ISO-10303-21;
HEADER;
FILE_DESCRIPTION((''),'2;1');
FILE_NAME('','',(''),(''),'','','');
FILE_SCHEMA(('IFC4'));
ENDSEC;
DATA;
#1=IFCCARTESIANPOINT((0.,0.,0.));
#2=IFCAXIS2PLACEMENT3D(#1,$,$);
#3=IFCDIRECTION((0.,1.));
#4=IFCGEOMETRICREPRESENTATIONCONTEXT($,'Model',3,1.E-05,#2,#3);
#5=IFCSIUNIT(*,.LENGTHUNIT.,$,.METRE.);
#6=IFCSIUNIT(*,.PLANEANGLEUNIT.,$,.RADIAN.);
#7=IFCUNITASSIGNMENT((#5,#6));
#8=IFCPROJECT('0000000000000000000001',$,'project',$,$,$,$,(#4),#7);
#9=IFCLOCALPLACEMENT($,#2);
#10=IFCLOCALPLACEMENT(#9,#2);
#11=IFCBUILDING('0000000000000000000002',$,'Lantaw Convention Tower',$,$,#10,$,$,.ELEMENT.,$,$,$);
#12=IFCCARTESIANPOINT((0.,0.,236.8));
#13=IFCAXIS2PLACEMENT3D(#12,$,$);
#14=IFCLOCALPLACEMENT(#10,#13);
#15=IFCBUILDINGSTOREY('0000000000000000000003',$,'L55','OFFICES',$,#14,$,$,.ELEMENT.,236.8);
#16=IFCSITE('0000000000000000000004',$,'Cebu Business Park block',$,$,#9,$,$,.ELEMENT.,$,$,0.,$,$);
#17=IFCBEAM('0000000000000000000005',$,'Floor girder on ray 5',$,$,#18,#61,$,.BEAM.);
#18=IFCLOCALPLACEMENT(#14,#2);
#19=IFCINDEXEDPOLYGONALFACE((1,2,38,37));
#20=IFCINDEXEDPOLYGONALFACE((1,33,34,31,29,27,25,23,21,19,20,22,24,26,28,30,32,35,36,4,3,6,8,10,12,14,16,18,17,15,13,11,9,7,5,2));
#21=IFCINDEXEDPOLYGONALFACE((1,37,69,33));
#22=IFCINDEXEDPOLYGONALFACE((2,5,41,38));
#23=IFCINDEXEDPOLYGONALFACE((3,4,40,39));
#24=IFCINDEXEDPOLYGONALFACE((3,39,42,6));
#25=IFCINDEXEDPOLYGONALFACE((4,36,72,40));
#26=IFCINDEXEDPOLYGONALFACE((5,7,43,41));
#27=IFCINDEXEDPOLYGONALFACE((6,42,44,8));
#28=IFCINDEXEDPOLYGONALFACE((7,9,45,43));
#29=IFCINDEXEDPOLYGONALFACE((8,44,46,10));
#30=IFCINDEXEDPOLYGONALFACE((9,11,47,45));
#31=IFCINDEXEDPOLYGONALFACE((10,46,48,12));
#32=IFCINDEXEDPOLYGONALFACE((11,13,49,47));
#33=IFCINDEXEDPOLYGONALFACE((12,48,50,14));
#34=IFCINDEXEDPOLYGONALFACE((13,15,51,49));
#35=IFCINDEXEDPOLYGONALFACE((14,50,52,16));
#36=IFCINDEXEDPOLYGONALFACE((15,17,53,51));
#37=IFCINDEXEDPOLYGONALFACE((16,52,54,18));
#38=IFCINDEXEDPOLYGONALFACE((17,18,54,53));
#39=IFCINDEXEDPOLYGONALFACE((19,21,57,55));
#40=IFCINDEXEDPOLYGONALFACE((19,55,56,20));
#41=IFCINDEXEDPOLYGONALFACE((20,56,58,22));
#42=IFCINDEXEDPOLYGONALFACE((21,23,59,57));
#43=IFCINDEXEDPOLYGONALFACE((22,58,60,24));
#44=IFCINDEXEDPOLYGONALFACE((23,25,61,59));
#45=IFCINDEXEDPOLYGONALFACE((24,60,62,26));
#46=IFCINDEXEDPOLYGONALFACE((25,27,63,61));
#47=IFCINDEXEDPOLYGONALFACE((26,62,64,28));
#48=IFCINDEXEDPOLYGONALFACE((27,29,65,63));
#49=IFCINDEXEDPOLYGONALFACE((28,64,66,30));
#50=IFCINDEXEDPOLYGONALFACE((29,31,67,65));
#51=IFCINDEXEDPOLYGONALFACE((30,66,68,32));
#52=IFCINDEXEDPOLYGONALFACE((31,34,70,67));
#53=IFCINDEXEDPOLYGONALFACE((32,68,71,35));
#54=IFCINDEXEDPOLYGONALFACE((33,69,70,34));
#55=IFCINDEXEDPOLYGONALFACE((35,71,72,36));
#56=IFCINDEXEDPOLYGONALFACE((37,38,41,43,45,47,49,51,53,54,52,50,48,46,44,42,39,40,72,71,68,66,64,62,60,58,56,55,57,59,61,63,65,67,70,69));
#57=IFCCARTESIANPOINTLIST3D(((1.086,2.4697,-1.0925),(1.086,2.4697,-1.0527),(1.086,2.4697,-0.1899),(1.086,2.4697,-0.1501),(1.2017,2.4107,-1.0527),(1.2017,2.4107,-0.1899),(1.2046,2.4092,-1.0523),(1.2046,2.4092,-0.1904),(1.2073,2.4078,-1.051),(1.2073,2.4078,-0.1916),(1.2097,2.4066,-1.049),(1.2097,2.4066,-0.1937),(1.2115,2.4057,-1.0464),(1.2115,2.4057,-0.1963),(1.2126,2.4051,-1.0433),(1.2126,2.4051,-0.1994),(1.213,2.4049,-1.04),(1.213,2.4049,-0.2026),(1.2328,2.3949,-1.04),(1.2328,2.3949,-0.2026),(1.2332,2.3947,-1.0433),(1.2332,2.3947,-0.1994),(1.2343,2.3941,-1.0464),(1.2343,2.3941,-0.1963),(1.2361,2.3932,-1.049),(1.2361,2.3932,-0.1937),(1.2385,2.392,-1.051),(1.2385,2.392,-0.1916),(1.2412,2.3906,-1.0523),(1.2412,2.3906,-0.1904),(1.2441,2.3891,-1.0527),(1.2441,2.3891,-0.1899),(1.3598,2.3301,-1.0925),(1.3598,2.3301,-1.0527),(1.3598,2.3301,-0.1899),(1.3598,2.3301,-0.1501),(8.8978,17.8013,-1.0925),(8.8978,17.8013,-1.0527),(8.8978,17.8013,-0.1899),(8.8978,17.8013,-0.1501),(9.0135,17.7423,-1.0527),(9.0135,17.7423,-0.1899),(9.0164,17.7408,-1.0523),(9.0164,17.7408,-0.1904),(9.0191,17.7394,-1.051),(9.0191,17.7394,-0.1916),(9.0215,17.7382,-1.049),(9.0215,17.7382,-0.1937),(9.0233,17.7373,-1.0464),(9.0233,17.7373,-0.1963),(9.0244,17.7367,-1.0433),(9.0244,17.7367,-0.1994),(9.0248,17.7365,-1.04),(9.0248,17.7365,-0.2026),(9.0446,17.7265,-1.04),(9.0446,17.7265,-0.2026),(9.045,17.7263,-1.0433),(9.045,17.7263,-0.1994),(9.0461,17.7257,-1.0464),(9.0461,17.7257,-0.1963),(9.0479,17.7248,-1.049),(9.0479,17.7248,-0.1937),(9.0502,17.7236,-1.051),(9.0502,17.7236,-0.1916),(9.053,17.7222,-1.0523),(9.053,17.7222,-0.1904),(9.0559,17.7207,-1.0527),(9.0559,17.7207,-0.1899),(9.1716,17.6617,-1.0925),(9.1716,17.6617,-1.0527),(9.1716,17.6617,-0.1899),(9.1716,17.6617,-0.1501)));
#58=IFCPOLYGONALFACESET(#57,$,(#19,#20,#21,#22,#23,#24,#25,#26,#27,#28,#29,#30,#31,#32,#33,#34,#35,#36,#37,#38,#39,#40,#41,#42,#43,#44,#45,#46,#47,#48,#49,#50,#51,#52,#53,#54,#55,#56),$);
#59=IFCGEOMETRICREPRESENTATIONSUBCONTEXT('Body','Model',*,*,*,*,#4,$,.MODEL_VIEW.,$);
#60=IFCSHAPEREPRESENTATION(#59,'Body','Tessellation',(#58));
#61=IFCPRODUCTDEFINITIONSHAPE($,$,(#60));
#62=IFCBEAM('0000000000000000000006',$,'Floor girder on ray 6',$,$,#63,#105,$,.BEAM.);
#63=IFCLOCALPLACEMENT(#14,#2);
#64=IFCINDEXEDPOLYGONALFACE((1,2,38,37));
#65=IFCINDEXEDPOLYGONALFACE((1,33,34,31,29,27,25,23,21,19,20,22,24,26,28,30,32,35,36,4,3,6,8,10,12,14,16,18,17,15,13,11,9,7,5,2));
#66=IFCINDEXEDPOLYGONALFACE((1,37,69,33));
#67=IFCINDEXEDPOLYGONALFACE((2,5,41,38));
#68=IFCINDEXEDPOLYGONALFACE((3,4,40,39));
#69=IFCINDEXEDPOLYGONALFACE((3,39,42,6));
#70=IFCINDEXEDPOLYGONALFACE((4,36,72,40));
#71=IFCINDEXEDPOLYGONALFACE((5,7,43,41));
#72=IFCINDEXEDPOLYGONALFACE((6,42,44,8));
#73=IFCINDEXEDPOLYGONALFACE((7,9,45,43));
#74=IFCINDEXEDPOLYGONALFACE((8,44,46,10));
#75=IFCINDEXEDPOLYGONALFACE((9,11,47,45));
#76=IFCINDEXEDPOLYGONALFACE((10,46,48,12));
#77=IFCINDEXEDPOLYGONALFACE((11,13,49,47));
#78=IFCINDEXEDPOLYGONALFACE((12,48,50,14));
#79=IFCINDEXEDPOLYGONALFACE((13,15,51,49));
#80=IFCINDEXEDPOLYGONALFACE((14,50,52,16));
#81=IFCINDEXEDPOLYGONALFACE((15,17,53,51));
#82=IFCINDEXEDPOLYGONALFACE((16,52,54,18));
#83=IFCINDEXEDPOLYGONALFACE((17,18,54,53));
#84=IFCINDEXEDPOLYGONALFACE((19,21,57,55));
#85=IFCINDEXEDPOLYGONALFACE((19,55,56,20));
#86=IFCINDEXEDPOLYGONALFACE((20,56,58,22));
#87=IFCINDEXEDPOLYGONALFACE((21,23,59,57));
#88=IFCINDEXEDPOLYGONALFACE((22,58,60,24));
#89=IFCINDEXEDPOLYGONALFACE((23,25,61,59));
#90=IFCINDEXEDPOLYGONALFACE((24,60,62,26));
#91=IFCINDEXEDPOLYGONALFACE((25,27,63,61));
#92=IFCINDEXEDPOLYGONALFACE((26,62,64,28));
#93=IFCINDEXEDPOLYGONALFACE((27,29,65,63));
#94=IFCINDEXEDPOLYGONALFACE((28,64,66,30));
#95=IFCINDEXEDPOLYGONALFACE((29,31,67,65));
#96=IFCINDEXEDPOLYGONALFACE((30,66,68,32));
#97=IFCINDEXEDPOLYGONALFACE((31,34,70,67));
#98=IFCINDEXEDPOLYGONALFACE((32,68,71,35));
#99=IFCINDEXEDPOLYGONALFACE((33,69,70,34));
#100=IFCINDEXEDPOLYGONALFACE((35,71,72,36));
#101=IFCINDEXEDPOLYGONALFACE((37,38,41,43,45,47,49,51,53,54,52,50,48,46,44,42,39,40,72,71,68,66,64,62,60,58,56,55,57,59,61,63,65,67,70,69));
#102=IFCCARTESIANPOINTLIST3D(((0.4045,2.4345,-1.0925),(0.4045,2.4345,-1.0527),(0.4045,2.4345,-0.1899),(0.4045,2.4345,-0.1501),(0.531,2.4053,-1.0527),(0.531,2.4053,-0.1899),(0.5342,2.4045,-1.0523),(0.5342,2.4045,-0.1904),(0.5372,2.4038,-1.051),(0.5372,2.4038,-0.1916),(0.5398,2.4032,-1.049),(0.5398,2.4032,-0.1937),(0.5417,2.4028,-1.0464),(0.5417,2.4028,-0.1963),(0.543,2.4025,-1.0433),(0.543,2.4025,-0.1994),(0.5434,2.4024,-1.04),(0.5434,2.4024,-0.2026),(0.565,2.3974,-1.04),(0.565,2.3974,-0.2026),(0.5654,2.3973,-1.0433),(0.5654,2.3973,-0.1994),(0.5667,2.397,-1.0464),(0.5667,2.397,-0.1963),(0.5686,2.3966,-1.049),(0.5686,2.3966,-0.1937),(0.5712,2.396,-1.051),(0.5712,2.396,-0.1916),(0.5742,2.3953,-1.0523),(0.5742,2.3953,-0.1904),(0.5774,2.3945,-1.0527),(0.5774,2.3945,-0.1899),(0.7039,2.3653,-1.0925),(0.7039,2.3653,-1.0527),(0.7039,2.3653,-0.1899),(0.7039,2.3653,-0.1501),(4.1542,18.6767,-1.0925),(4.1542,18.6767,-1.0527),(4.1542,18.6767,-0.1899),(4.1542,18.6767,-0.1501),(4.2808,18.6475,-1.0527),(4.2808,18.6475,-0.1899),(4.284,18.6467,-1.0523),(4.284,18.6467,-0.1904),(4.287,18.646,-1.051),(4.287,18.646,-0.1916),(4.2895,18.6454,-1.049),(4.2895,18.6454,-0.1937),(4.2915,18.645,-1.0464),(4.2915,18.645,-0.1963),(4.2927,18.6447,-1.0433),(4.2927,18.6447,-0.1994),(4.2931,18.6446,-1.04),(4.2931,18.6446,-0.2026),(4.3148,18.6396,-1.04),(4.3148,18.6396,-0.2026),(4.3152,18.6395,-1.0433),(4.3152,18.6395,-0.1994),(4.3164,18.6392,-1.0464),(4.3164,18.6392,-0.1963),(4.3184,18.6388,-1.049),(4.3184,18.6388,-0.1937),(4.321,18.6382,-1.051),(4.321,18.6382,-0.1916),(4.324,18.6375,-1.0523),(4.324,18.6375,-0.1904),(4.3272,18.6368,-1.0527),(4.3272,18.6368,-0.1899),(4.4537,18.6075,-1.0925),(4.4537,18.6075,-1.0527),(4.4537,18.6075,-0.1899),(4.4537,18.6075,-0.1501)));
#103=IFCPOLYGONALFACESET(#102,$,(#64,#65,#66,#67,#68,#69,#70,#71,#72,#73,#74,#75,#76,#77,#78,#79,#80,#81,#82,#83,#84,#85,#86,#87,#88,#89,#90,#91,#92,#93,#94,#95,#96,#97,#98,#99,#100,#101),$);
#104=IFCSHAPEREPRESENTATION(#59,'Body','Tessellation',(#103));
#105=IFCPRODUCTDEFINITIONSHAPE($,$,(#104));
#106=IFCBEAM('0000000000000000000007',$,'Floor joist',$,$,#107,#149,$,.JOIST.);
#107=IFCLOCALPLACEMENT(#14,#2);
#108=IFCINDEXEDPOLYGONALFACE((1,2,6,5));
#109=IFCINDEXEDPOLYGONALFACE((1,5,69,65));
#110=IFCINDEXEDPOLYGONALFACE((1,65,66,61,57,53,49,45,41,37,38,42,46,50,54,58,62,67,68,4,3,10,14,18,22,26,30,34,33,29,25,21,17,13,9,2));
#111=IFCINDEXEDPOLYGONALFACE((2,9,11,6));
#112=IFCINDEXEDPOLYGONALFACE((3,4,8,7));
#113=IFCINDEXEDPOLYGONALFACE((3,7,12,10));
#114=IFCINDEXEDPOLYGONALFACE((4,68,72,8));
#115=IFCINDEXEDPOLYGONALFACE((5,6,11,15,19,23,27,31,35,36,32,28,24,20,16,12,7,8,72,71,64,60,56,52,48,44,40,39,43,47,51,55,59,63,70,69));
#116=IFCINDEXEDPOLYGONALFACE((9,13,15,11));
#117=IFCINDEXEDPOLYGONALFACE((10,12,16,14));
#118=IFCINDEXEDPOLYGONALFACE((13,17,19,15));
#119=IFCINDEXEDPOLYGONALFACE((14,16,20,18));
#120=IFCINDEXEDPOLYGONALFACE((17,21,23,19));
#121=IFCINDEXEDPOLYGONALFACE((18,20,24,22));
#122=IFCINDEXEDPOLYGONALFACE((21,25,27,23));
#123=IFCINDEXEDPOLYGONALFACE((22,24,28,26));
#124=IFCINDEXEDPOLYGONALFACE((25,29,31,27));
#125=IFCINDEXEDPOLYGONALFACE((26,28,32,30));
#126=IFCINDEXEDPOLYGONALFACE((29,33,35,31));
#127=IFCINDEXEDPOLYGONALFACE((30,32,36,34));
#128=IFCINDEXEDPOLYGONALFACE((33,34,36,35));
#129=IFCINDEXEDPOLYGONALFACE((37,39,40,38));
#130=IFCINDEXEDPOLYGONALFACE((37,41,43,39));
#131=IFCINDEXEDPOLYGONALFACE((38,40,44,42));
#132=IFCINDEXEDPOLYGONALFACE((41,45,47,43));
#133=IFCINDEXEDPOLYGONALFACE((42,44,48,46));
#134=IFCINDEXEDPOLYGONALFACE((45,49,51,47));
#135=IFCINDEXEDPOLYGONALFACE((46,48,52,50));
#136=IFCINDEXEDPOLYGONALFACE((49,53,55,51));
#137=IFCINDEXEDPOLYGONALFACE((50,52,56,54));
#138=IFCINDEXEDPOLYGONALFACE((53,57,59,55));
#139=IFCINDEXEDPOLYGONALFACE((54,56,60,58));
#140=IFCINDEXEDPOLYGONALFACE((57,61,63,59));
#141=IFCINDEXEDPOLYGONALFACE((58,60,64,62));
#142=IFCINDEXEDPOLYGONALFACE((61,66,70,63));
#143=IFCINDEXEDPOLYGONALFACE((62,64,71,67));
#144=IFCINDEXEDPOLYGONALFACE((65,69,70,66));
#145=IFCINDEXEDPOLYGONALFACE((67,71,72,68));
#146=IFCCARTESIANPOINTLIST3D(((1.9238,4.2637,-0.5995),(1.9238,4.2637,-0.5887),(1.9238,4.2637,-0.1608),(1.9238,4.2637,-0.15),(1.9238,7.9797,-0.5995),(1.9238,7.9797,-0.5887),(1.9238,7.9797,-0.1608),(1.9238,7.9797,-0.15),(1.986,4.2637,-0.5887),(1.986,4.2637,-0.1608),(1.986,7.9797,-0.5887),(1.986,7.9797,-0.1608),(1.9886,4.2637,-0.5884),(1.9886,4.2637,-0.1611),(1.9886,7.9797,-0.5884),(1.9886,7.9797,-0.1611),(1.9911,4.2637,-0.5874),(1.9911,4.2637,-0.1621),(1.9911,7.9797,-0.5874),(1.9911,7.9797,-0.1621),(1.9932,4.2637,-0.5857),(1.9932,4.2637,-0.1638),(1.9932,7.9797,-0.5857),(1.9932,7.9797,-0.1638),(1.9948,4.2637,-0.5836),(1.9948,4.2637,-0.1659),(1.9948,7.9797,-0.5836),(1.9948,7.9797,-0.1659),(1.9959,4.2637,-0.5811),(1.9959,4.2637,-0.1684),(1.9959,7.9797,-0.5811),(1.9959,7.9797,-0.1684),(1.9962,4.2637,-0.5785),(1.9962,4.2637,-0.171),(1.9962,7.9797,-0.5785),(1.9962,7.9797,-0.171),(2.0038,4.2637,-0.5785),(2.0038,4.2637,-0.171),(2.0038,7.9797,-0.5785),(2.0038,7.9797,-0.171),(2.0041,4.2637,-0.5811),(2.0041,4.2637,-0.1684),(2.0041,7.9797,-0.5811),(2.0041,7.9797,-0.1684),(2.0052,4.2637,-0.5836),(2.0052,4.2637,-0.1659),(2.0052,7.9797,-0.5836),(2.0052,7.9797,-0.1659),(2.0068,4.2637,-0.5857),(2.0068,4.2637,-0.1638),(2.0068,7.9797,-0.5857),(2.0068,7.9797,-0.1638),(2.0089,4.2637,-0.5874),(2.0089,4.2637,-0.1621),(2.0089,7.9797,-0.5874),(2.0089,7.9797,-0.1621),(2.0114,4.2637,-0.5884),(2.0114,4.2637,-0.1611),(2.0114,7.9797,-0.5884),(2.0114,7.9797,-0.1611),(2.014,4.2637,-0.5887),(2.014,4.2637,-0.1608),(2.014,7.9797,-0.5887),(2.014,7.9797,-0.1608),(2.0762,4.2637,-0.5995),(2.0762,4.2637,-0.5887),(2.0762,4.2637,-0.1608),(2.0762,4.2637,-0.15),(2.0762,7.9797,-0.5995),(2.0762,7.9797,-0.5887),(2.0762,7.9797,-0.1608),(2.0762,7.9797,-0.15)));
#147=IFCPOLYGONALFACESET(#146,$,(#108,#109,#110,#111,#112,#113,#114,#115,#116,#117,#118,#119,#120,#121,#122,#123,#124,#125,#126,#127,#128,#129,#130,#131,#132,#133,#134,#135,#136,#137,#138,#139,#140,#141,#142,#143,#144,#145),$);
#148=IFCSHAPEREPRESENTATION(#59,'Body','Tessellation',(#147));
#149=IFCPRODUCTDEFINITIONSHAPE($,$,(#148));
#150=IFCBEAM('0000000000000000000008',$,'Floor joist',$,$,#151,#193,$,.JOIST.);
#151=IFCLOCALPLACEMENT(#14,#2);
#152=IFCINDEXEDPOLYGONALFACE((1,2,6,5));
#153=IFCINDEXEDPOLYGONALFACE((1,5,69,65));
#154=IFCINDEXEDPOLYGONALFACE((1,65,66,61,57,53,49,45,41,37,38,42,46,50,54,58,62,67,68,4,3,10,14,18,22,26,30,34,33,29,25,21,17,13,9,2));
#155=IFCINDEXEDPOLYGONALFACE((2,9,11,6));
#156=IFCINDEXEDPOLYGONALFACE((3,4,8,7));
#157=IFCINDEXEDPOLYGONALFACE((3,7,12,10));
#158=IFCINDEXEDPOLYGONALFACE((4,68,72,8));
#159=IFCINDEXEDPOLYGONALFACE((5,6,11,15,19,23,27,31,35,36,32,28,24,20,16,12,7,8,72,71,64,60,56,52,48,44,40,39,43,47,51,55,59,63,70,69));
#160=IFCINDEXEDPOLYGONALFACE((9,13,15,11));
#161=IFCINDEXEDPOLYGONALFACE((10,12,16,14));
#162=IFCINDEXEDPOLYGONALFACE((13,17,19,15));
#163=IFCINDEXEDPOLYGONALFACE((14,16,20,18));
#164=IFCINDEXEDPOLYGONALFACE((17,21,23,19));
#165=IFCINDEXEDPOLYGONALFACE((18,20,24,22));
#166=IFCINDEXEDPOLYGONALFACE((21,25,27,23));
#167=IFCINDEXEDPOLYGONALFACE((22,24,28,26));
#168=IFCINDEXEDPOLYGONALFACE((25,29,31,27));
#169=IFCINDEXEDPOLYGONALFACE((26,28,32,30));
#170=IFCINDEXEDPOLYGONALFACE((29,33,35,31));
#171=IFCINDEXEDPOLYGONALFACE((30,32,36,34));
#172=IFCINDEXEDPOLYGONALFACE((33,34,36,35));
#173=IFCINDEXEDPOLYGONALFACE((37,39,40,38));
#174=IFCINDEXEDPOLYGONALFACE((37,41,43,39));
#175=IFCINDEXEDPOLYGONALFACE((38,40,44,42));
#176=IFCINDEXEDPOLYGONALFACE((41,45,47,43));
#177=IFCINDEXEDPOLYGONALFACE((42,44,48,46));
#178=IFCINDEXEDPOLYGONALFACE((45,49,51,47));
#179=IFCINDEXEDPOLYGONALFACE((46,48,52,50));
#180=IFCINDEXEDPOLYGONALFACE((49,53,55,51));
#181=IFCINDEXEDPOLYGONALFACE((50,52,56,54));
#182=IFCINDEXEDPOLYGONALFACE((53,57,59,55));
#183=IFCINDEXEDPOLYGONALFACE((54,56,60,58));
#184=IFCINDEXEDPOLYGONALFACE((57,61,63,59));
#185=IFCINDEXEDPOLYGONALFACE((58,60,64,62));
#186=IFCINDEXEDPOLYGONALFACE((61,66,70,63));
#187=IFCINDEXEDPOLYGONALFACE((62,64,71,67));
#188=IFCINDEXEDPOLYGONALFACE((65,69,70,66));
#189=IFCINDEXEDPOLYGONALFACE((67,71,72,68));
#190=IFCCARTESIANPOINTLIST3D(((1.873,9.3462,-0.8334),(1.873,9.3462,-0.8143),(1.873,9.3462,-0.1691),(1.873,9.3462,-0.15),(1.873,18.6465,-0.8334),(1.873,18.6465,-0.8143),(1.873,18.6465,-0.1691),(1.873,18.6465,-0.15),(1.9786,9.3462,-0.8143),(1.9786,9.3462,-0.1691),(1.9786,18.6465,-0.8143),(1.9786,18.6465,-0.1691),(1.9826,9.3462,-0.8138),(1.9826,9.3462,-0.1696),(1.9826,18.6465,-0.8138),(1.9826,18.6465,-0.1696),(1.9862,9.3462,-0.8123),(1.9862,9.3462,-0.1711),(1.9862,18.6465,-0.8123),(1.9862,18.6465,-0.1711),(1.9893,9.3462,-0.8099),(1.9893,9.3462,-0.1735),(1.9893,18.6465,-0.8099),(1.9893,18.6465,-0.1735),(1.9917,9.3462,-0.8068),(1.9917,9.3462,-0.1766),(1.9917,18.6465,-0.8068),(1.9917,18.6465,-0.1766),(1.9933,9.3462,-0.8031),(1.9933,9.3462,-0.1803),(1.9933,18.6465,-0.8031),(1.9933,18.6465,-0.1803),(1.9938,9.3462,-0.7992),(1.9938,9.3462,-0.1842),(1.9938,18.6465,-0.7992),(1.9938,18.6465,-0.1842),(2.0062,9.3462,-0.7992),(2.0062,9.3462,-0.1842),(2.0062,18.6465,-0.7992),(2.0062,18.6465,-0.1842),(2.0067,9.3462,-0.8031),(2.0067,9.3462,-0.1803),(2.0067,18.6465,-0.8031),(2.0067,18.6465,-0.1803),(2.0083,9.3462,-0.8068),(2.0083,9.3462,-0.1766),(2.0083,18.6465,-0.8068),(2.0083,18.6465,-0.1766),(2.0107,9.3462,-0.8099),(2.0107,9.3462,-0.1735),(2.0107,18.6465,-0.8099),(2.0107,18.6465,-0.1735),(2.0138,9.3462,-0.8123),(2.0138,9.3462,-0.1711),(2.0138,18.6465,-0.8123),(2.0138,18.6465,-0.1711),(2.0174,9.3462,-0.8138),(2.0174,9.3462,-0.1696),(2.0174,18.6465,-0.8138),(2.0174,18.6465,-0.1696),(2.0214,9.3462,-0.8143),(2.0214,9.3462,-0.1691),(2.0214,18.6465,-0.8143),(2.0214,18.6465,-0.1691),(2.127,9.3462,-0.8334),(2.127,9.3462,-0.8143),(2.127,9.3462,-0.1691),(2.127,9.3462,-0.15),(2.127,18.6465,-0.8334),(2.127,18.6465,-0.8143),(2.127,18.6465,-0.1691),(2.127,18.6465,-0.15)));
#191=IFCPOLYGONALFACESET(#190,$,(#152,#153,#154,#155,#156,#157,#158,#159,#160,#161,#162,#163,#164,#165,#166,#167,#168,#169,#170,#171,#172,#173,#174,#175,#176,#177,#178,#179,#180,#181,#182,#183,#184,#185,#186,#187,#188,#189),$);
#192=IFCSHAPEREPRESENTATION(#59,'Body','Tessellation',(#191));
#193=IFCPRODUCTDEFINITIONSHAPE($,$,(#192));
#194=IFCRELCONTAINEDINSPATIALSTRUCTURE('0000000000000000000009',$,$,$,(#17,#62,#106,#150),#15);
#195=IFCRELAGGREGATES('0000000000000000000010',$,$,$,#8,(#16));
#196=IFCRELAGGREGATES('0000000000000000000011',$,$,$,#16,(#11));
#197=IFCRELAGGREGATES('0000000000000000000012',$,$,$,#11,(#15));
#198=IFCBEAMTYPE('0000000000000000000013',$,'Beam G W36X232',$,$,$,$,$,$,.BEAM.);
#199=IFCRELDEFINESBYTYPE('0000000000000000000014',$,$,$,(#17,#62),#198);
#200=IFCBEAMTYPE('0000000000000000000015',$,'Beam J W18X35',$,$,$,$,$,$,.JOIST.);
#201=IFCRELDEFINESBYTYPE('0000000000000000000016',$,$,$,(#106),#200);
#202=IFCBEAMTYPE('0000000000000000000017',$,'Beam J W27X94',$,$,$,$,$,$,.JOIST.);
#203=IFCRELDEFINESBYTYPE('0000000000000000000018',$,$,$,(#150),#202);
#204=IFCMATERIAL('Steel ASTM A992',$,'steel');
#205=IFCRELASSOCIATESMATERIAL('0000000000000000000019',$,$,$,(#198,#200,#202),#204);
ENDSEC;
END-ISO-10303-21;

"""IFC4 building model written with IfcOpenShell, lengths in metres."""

from ifc_helpers import new_model, si_unit, direction, frame, origin, origin_2d, place, context, subcontext, project, spatial, i_section, extrude, material, material_profile, profile_set, type_object, element, save


model = new_model("IFC4")

# Units and contexts
model_context = context("Model", 3, precision=1e-05, world=origin(), true_north=direction((0.0, 1.0)))
body_context = subcontext(model_context, "Body", "Model", "MODEL_VIEW")
ifc_project = project(units=[si_unit("LENGTHUNIT", "METRE"), si_unit("PLANEANGLEUNIT", "RADIAN")], contexts=[model_context])

# Site, building, storey
site_placement = place(None, origin())
site = spatial("IfcSite", under=ifc_project, at=site_placement, Name="Cebu Business Park block", CompositionType="ELEMENT", RefElevation=0.0)
building_placement = place(site_placement, origin())
building = spatial("IfcBuilding", under=site, at=building_placement, Name="Lantaw Convention Tower", CompositionType="ELEMENT")
storey_placement = place(building_placement, frame((0.0, 0.0, 236.8)))
storey = spatial("IfcBuildingStorey", under=building, at=storey_placement, Name="L55", Description="OFFICES", CompositionType="ELEMENT", Elevation=236.8)

# Beams
ifc_material_1 = material(Name="Steel ASTM A992", Category="steel")
ifc_material_profile_1 = material_profile(ifc_material_1, i_section(OverallWidth=0.3074, OverallDepth=0.9424, WebThickness=0.0222, FlangeThickness=0.0398, FilletRadius=0.0127, at=origin_2d()), Name="W36X232")
ifc_profile_set_1 = profile_set([ifc_material_profile_1], Name="Steel ASTM A992")
beam_type_1 = type_object("IfcBeamType", Name="Beam G W36X232", PredefinedType="BEAM", material=ifc_profile_set_1)
beam_1_placement = place(storey_placement, frame((1.2229, 2.3999, -0.6213), z_axis=(0.453988, 0.891008, 0.0), x_axis=(-0.891008, 0.453988, 0.0)))
element("IfcBeam", 1, at=beam_1_placement, inside=storey, type_object=beam_type_1, Name="Floor girder on ray 5", PredefinedType="BEAM", context=body_context, shape_type="SweptSolid", body=[
    extrude(i_section(OverallWidth=0.3074, OverallDepth=0.9424, WebThickness=0.0222, FlangeThickness=0.0398, FilletRadius=0.0127, at=origin_2d()), origin(), (0.0, 0.0, 1.0), 17.207),
])
beam_2_placement = place(storey_placement, frame((0.5542, 2.3999, -0.6213), z_axis=(0.224948, 0.974371, 0.0), x_axis=(-0.974371, 0.224948, 0.0)))
element("IfcBeam", 2, at=beam_2_placement, inside=storey, type_object=beam_type_1, Name="Floor girder on ray 6", PredefinedType="BEAM", context=body_context, shape_type="SweptSolid", body=[
    extrude(i_section(OverallWidth=0.3074, OverallDepth=0.9424, WebThickness=0.0222, FlangeThickness=0.0398, FilletRadius=0.0127, at=origin_2d()), origin(), (0.0, 0.0, 1.0), 16.6694),
])
ifc_material_profile_2 = material_profile(ifc_material_1, i_section(OverallWidth=0.1523, OverallDepth=0.4495, WebThickness=0.0076, FlangeThickness=0.0107, FilletRadius=0.0103, at=origin_2d()), Name="W18X35")
ifc_profile_set_2 = profile_set([ifc_material_profile_2], Name="Steel ASTM A992")
beam_type_2 = type_object("IfcBeamType", Name="Beam J W18X35", PredefinedType="JOIST", material=ifc_profile_set_2)
beam_3_placement = place(storey_placement, frame((2.0, 4.2637, -0.3748), z_axis=(0.0, 1.0, 0.0), x_axis=(-1.0, 0.0, 0.0)))
element("IfcBeam", 3, at=beam_3_placement, inside=storey, type_object=beam_type_2, Name="Floor joist", PredefinedType="JOIST", context=body_context, shape_type="SweptSolid", body=[
    extrude(i_section(OverallWidth=0.1523, OverallDepth=0.4495, WebThickness=0.0076, FlangeThickness=0.0107, FilletRadius=0.0103, at=origin_2d()), origin(), (0.0, 0.0, 1.0), 3.7161),
])
ifc_material_profile_3 = material_profile(ifc_material_1, i_section(OverallWidth=0.2539, OverallDepth=0.6833, WebThickness=0.0125, FlangeThickness=0.019, FilletRadius=0.0151, at=origin_2d()), Name="W27X94")
ifc_profile_set_3 = profile_set([ifc_material_profile_3], Name="Steel ASTM A992")
beam_type_3 = type_object("IfcBeamType", Name="Beam J W27X94", PredefinedType="JOIST", material=ifc_profile_set_3)
beam_4_placement = place(storey_placement, frame((2.0, 9.3462, -0.4917), z_axis=(0.0, 1.0, 0.0), x_axis=(-1.0, 0.0, 0.0)))
element("IfcBeam", 4, at=beam_4_placement, inside=storey, type_object=beam_type_3, Name="Floor joist", PredefinedType="JOIST", context=body_context, shape_type="SweptSolid", body=[
    extrude(i_section(OverallWidth=0.2539, OverallDepth=0.6833, WebThickness=0.0125, FlangeThickness=0.019, FilletRadius=0.0151, at=origin_2d()), origin(), (0.0, 0.0, 1.0), 9.3003),
])

save(model, "model.ifc")
